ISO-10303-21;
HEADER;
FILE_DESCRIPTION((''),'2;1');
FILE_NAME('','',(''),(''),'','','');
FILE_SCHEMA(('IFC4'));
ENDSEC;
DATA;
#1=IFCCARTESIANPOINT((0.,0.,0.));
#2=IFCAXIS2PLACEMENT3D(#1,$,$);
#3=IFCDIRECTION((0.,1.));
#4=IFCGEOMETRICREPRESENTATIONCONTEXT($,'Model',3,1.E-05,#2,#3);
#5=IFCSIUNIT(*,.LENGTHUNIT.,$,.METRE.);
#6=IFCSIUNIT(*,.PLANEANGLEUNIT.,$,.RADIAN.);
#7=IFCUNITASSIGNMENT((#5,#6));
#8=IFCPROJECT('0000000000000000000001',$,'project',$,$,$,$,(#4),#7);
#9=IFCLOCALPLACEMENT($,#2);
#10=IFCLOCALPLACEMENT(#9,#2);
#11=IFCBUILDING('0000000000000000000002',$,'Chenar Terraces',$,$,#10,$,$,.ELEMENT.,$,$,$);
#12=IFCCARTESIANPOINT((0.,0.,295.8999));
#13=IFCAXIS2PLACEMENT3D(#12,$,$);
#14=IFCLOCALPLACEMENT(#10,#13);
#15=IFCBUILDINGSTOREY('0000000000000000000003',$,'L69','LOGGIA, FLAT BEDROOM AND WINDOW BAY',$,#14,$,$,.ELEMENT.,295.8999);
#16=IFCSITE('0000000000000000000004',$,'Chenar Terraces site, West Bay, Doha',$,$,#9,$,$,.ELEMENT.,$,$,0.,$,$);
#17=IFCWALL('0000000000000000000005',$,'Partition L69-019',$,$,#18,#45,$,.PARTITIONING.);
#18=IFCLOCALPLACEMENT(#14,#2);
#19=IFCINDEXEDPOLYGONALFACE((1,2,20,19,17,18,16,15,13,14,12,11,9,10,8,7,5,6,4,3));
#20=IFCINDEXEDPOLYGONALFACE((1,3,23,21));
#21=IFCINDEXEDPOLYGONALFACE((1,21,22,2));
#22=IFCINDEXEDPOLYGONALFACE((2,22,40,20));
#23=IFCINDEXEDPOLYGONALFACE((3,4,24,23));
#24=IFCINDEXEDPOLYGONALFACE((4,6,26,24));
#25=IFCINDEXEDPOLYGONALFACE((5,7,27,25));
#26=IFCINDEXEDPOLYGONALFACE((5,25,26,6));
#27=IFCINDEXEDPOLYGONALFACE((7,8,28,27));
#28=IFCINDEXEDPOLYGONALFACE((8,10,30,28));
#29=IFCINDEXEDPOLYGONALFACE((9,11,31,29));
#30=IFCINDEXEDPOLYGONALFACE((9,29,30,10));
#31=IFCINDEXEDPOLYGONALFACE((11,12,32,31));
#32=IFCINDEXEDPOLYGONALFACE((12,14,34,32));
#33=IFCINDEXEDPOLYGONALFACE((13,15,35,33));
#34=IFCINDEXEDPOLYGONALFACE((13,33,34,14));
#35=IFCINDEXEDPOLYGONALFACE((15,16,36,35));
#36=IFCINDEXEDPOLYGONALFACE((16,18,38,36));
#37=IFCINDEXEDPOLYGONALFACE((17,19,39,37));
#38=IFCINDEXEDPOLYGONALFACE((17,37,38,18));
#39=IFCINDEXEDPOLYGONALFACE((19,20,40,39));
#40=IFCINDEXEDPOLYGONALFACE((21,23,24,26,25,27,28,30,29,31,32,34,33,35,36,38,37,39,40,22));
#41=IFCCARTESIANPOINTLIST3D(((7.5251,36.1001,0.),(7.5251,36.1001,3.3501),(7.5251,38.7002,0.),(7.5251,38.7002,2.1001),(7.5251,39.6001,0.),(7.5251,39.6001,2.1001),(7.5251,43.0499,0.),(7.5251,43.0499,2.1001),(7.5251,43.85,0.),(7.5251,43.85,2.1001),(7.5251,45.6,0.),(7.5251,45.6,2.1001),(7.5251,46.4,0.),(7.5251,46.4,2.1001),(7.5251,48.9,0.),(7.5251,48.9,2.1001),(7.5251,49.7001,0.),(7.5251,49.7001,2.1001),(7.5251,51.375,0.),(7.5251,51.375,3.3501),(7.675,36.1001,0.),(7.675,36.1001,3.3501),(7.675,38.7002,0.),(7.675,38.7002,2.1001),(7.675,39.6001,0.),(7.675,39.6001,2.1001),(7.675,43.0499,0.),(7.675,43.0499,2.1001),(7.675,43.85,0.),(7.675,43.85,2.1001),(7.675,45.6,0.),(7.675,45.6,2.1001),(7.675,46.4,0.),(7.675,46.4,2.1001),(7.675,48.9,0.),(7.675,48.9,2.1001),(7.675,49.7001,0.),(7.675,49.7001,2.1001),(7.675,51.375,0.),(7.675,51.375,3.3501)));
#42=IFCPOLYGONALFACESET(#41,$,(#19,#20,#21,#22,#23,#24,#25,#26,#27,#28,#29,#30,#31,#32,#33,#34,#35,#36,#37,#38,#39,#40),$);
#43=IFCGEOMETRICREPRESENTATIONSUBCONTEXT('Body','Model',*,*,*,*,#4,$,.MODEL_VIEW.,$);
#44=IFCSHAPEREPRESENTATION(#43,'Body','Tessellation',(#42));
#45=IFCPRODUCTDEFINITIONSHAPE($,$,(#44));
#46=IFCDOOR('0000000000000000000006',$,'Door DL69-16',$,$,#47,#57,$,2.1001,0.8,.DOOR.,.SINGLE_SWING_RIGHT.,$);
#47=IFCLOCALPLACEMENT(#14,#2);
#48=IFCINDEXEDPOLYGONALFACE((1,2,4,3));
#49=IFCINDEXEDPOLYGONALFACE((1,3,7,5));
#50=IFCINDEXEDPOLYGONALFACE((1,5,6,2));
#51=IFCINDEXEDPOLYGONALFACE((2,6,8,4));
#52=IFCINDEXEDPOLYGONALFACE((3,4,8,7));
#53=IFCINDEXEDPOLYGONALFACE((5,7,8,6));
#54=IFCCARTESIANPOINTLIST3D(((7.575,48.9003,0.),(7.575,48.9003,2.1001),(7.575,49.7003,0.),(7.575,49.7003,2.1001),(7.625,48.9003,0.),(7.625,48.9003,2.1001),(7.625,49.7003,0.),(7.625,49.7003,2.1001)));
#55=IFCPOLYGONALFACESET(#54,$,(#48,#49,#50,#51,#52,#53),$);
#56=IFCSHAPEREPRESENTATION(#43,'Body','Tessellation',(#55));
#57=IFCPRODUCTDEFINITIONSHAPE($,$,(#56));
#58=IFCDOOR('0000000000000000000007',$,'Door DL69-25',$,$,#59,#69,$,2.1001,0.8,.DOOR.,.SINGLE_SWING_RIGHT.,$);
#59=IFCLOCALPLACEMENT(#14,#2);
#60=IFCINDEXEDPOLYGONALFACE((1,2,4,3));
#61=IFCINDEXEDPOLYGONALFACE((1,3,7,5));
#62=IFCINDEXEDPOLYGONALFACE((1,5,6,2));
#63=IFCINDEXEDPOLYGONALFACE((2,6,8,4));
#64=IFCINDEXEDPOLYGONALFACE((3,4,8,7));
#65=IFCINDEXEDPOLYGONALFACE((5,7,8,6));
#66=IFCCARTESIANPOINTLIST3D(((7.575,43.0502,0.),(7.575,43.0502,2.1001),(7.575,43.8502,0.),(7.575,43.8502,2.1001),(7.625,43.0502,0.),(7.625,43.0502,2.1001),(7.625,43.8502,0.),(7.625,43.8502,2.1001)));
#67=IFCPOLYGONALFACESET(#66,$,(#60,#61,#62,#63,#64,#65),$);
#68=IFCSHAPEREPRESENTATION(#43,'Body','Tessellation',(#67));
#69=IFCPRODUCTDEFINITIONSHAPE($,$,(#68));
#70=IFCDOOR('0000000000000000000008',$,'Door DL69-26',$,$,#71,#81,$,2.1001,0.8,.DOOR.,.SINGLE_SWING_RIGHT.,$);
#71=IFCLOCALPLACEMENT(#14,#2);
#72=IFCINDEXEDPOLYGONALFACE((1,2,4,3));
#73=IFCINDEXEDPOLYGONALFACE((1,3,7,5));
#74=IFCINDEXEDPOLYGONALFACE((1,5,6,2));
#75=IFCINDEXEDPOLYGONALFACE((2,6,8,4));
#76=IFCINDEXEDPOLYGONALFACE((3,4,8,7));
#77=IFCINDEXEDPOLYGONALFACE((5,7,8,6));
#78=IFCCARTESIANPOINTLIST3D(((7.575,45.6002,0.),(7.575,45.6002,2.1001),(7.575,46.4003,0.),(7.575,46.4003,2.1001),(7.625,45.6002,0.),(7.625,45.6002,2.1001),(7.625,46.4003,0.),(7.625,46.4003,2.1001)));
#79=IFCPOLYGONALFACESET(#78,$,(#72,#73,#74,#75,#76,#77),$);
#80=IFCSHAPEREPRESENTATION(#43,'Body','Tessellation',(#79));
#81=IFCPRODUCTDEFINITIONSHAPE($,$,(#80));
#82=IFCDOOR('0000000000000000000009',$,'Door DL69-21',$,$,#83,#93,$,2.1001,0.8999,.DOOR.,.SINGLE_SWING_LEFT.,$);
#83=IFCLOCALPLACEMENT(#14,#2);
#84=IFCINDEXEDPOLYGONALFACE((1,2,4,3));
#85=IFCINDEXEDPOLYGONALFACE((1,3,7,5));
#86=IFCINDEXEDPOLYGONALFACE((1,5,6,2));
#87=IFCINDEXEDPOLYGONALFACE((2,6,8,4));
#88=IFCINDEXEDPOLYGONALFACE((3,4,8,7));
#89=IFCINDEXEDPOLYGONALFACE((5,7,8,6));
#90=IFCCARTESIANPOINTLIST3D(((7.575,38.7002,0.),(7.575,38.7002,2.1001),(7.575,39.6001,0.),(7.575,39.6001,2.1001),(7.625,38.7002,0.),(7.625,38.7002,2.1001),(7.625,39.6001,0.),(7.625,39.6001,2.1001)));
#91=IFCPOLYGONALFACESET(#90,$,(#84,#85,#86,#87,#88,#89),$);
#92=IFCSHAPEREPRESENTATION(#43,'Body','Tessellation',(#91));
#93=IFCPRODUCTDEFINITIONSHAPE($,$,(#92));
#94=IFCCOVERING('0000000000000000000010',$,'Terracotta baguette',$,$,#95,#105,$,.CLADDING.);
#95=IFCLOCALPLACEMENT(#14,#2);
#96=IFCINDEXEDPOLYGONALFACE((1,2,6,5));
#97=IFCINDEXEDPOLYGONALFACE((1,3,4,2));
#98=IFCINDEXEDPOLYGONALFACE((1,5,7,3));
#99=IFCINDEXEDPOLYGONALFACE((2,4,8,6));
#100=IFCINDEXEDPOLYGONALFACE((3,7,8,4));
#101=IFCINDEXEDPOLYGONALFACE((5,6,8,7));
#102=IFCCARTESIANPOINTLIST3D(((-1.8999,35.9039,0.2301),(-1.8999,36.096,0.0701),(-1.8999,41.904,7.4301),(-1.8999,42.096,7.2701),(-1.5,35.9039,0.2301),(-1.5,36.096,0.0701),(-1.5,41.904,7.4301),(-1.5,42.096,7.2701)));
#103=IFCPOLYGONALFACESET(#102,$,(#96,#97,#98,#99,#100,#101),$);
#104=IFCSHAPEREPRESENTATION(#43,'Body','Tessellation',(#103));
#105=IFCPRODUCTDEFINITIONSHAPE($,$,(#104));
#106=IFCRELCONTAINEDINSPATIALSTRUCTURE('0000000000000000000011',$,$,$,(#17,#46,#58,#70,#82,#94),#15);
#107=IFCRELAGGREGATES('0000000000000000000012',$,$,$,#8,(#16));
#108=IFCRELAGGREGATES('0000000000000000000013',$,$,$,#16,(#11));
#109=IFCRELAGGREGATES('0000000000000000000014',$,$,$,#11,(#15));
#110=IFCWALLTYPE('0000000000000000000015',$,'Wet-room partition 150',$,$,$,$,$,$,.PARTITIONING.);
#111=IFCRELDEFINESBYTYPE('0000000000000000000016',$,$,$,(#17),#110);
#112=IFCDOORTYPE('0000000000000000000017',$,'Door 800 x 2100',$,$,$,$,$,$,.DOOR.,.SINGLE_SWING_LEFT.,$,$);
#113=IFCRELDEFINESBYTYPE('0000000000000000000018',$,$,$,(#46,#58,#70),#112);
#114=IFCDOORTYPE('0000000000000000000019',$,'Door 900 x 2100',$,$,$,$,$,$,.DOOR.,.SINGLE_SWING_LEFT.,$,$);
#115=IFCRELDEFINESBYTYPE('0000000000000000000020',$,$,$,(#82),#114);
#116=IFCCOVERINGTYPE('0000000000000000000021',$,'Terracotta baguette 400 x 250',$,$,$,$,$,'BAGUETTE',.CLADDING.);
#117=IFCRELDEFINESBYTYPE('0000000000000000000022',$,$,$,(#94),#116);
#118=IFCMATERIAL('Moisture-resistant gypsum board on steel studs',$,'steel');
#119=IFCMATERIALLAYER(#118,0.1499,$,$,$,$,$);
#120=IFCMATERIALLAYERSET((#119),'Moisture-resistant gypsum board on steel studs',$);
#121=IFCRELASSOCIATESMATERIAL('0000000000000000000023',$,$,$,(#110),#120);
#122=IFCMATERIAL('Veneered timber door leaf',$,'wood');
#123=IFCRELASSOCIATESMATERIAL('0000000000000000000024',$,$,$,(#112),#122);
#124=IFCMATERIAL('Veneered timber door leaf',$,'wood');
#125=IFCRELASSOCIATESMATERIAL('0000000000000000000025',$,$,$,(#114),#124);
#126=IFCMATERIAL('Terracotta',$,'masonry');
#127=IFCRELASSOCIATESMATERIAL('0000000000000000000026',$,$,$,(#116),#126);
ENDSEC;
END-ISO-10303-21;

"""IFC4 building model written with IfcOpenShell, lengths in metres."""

from ifc_helpers import new_model, si_unit, direction, frame, frame_2d, origin, origin_2d, place, context, subcontext, project, spatial, rectangle, extrude, material, layer, layer_set, material_profile, profile_set, type_object, element, fill, save


model = new_model("IFC4")

# Units and contexts
model_context = context("Model", 3, precision=1e-05, world=origin(), true_north=direction((0.0, 1.0)))
body_context = subcontext(model_context, "Body", "Model", "MODEL_VIEW")
ifc_project = project(units=[si_unit("LENGTHUNIT", "METRE"), si_unit("PLANEANGLEUNIT", "RADIAN")], contexts=[model_context])

# Site, building, storey
site_placement = place(None, origin())
site = spatial("IfcSite", under=ifc_project, at=site_placement, Name="Chenar Terraces site, West Bay, Doha", CompositionType="ELEMENT", RefElevation=0.0)
building_placement = place(site_placement, origin())
building = spatial("IfcBuilding", under=site, at=building_placement, Name="Chenar Terraces", CompositionType="ELEMENT")
storey_placement = place(building_placement, frame((0.0, 0.0, 295.8999)))
storey = spatial("IfcBuildingStorey", under=building, at=storey_placement, Name="L69", Description="LOGGIA, FLAT BEDROOM AND WINDOW BAY", CompositionType="ELEMENT", Elevation=295.8999)

# Shared definitions
ifc_material_1 = material(Name="Moisture-resistant gypsum board on steel studs", Category="steel")
ifc_layer_1 = layer(ifc_material_1, 0.1499)
ifc_layer_set_1 = layer_set([ifc_layer_1], Name="Moisture-resistant gypsum board on steel studs")
wall_type_1 = type_object("IfcWallType", Name="Wet-room partition 150", PredefinedType="PARTITIONING", material=ifc_layer_set_1)

# Shared definitions
ifc_material_2 = material(Name="Veneered timber door leaf", Category="wood")
door_type_1 = type_object("IfcDoorType", Name="Door 800 x 2100", OperationType="SINGLE_SWING_LEFT", PredefinedType="DOOR", material=ifc_material_2)

# Wall, openings, doors
ifc_material_3 = material(Name="Veneered timber door leaf", Category="wood")
door_type_2 = type_object("IfcDoorType", Name="Door 900 x 2100", OperationType="SINGLE_SWING_LEFT", PredefinedType="DOOR", material=ifc_material_3)
wall_1_placement = place(storey_placement, frame((7.6001, 36.1001, 0.0), z_axis=(0.0, 0.0, 1.0), x_axis=(0.0, 1.0, 0.0)))
wall_1 = element("IfcWall", 1, at=wall_1_placement, inside=storey, type_object=wall_type_1, Name="Partition L69-019", PredefinedType="PARTITIONING", context=body_context, shape_type="SweptSolid", body=[
    extrude(rectangle(XDim=15.2749, YDim=0.1499, at=frame_2d((7.6375, 0.0))), origin(), (0.0, 0.0, 1.0), 3.3501),
])
opening_1_placement = place(wall_1_placement, frame((12.8, 0.0, 0.0)))
opening_1 = element("IfcOpeningElement", 2, at=opening_1_placement, cuts=wall_1, PredefinedType="OPENING", context=body_context, shape_type="SweptSolid", body=[
    extrude(rectangle(XDim=0.8, YDim=2.1001, at=frame_2d((0.3999, 1.05))), frame((0.0, 0.085, 0.0), z_axis=(0.0, -1.0, 0.0), x_axis=(1.0, 0.0, 0.0)), (0.0, 0.0, 1.0), 0.1699),
])
opening_2_placement = place(wall_1_placement, frame((2.6001, 0.0, 0.0)))
opening_2 = element("IfcOpeningElement", 3, at=opening_2_placement, cuts=wall_1, PredefinedType="OPENING", context=body_context, shape_type="SweptSolid", body=[
    extrude(rectangle(XDim=0.8999, YDim=2.1001, at=frame_2d((0.45, 1.05))), frame((0.0, 0.085, 0.0), z_axis=(0.0, -1.0, 0.0), x_axis=(1.0, 0.0, 0.0)), (0.0, 0.0, 1.0), 0.1699),
])
opening_3_placement = place(wall_1_placement, frame((6.95, 0.0, 0.0)))
opening_3 = element("IfcOpeningElement", 4, at=opening_3_placement, cuts=wall_1, PredefinedType="OPENING", context=body_context, shape_type="SweptSolid", body=[
    extrude(rectangle(XDim=0.8, YDim=2.1001, at=frame_2d((0.3999, 1.05))), frame((0.0, 0.085, 0.0), z_axis=(0.0, -1.0, 0.0), x_axis=(1.0, 0.0, 0.0)), (0.0, 0.0, 1.0), 0.1699),
])
opening_4_placement = place(wall_1_placement, frame((9.5, 0.0, 0.0)))
opening_4 = element("IfcOpeningElement", 5, at=opening_4_placement, cuts=wall_1, PredefinedType="OPENING", context=body_context, shape_type="SweptSolid", body=[
    extrude(rectangle(XDim=0.8, YDim=2.1001, at=frame_2d((0.3999, 1.05))), frame((0.0, 0.085, 0.0), z_axis=(0.0, -1.0, 0.0), x_axis=(1.0, 0.0, 0.0)), (0.0, 0.0, 1.0), 0.1699),
])
door_1_placement = place(opening_1_placement, frame((0.8, 0.0, 0.0), z_axis=(0.0, 0.0, 1.0), x_axis=(-1.0, 0.0, 0.0)))
door_1 = element("IfcDoor", 6, at=door_1_placement, inside=storey, type_object=door_type_1, Name="Door DL69-16", OperationType="SINGLE_SWING_RIGHT", OverallHeight=2.1001, OverallWidth=0.8, PredefinedType="DOOR", context=body_context, shape_type="SweptSolid", body=[
    extrude(rectangle(XDim=0.8, YDim=2.1001, at=frame_2d((0.3999, 1.05))), frame((0.0, 0.0249, 0.0), z_axis=(0.0, -1.0, 0.0), x_axis=(1.0, 0.0, 0.0)), (0.0, 0.0, 1.0), 0.05),
])
fill(opening_1, door_1)
door_2_placement = place(opening_3_placement, frame((0.8, 0.0, 0.0), z_axis=(0.0, 0.0, 1.0), x_axis=(-1.0, 0.0, 0.0)))
door_2 = element("IfcDoor", 7, at=door_2_placement, inside=storey, type_object=door_type_1, Name="Door DL69-25", OperationType="SINGLE_SWING_RIGHT", OverallHeight=2.1001, OverallWidth=0.8, PredefinedType="DOOR", context=body_context, shape_type="SweptSolid", body=[
    extrude(rectangle(XDim=0.8, YDim=2.1001, at=frame_2d((0.3999, 1.05))), frame((0.0, 0.0249, 0.0), z_axis=(0.0, -1.0, 0.0), x_axis=(1.0, 0.0, 0.0)), (0.0, 0.0, 1.0), 0.05),
])
fill(opening_3, door_2)
door_3_placement = place(opening_4_placement, frame((0.8, 0.0, 0.0), z_axis=(0.0, 0.0, 1.0), x_axis=(-1.0, 0.0, 0.0)))
door_3 = element("IfcDoor", 8, at=door_3_placement, inside=storey, type_object=door_type_1, Name="Door DL69-26", OperationType="SINGLE_SWING_RIGHT", OverallHeight=2.1001, OverallWidth=0.8, PredefinedType="DOOR", context=body_context, shape_type="SweptSolid", body=[
    extrude(rectangle(XDim=0.8, YDim=2.1001, at=frame_2d((0.3999, 1.05))), frame((0.0, 0.0249, 0.0), z_axis=(0.0, -1.0, 0.0), x_axis=(1.0, 0.0, 0.0)), (0.0, 0.0, 1.0), 0.05),
])
fill(opening_4, door_3)
door_4_placement = place(opening_2_placement, frame((0.8999, 0.0, 0.0), z_axis=(0.0, 0.0, 1.0), x_axis=(-1.0, 0.0, 0.0)))
door_4 = element("IfcDoor", 9, at=door_4_placement, inside=storey, type_object=door_type_2, Name="Door DL69-21", OperationType="SINGLE_SWING_LEFT", OverallHeight=2.1001, OverallWidth=0.8999, PredefinedType="DOOR", context=body_context, shape_type="SweptSolid", body=[
    extrude(rectangle(XDim=0.8999, YDim=2.1001, at=frame_2d((0.45, 1.05))), frame((0.0, 0.0249, 0.0), z_axis=(0.0, -1.0, 0.0), x_axis=(1.0, 0.0, 0.0)), (0.0, 0.0, 1.0), 0.05),
])
fill(opening_2, door_4)

# Covering
ifc_material_4 = material(Name="Terracotta", Category="masonry")
ifc_material_profile_1 = material_profile(ifc_material_4, rectangle(XDim=0.3999, YDim=0.25, at=origin_2d()), Name="Terracotta baguette 400 x 250")
ifc_profile_set_1 = profile_set([ifc_material_profile_1], Name="Terracotta")
covering_type = type_object("IfcCoveringType", Name="Terracotta baguette 400 x 250", ElementType="BAGUETTE", PredefinedType="CLADDING", material=ifc_profile_set_1)
covering_placement = place(storey_placement, frame((-1.7, 42.0, 7.3501), z_axis=(0.0, -0.640187, -0.768219), x_axis=(1.0, 0.0, 0.0)))
element("IfcCovering", 10, at=covering_placement, inside=storey, type_object=covering_type, Name="Terracotta baguette", PredefinedType="CLADDING", context=body_context, shape_type="SweptSolid", body=[
    extrude(rectangle(XDim=0.3999, YDim=0.25, at=origin_2d()), origin(), (0.0, 0.0, 1.0), 9.3723),
])

save(model, "model.ifc")
